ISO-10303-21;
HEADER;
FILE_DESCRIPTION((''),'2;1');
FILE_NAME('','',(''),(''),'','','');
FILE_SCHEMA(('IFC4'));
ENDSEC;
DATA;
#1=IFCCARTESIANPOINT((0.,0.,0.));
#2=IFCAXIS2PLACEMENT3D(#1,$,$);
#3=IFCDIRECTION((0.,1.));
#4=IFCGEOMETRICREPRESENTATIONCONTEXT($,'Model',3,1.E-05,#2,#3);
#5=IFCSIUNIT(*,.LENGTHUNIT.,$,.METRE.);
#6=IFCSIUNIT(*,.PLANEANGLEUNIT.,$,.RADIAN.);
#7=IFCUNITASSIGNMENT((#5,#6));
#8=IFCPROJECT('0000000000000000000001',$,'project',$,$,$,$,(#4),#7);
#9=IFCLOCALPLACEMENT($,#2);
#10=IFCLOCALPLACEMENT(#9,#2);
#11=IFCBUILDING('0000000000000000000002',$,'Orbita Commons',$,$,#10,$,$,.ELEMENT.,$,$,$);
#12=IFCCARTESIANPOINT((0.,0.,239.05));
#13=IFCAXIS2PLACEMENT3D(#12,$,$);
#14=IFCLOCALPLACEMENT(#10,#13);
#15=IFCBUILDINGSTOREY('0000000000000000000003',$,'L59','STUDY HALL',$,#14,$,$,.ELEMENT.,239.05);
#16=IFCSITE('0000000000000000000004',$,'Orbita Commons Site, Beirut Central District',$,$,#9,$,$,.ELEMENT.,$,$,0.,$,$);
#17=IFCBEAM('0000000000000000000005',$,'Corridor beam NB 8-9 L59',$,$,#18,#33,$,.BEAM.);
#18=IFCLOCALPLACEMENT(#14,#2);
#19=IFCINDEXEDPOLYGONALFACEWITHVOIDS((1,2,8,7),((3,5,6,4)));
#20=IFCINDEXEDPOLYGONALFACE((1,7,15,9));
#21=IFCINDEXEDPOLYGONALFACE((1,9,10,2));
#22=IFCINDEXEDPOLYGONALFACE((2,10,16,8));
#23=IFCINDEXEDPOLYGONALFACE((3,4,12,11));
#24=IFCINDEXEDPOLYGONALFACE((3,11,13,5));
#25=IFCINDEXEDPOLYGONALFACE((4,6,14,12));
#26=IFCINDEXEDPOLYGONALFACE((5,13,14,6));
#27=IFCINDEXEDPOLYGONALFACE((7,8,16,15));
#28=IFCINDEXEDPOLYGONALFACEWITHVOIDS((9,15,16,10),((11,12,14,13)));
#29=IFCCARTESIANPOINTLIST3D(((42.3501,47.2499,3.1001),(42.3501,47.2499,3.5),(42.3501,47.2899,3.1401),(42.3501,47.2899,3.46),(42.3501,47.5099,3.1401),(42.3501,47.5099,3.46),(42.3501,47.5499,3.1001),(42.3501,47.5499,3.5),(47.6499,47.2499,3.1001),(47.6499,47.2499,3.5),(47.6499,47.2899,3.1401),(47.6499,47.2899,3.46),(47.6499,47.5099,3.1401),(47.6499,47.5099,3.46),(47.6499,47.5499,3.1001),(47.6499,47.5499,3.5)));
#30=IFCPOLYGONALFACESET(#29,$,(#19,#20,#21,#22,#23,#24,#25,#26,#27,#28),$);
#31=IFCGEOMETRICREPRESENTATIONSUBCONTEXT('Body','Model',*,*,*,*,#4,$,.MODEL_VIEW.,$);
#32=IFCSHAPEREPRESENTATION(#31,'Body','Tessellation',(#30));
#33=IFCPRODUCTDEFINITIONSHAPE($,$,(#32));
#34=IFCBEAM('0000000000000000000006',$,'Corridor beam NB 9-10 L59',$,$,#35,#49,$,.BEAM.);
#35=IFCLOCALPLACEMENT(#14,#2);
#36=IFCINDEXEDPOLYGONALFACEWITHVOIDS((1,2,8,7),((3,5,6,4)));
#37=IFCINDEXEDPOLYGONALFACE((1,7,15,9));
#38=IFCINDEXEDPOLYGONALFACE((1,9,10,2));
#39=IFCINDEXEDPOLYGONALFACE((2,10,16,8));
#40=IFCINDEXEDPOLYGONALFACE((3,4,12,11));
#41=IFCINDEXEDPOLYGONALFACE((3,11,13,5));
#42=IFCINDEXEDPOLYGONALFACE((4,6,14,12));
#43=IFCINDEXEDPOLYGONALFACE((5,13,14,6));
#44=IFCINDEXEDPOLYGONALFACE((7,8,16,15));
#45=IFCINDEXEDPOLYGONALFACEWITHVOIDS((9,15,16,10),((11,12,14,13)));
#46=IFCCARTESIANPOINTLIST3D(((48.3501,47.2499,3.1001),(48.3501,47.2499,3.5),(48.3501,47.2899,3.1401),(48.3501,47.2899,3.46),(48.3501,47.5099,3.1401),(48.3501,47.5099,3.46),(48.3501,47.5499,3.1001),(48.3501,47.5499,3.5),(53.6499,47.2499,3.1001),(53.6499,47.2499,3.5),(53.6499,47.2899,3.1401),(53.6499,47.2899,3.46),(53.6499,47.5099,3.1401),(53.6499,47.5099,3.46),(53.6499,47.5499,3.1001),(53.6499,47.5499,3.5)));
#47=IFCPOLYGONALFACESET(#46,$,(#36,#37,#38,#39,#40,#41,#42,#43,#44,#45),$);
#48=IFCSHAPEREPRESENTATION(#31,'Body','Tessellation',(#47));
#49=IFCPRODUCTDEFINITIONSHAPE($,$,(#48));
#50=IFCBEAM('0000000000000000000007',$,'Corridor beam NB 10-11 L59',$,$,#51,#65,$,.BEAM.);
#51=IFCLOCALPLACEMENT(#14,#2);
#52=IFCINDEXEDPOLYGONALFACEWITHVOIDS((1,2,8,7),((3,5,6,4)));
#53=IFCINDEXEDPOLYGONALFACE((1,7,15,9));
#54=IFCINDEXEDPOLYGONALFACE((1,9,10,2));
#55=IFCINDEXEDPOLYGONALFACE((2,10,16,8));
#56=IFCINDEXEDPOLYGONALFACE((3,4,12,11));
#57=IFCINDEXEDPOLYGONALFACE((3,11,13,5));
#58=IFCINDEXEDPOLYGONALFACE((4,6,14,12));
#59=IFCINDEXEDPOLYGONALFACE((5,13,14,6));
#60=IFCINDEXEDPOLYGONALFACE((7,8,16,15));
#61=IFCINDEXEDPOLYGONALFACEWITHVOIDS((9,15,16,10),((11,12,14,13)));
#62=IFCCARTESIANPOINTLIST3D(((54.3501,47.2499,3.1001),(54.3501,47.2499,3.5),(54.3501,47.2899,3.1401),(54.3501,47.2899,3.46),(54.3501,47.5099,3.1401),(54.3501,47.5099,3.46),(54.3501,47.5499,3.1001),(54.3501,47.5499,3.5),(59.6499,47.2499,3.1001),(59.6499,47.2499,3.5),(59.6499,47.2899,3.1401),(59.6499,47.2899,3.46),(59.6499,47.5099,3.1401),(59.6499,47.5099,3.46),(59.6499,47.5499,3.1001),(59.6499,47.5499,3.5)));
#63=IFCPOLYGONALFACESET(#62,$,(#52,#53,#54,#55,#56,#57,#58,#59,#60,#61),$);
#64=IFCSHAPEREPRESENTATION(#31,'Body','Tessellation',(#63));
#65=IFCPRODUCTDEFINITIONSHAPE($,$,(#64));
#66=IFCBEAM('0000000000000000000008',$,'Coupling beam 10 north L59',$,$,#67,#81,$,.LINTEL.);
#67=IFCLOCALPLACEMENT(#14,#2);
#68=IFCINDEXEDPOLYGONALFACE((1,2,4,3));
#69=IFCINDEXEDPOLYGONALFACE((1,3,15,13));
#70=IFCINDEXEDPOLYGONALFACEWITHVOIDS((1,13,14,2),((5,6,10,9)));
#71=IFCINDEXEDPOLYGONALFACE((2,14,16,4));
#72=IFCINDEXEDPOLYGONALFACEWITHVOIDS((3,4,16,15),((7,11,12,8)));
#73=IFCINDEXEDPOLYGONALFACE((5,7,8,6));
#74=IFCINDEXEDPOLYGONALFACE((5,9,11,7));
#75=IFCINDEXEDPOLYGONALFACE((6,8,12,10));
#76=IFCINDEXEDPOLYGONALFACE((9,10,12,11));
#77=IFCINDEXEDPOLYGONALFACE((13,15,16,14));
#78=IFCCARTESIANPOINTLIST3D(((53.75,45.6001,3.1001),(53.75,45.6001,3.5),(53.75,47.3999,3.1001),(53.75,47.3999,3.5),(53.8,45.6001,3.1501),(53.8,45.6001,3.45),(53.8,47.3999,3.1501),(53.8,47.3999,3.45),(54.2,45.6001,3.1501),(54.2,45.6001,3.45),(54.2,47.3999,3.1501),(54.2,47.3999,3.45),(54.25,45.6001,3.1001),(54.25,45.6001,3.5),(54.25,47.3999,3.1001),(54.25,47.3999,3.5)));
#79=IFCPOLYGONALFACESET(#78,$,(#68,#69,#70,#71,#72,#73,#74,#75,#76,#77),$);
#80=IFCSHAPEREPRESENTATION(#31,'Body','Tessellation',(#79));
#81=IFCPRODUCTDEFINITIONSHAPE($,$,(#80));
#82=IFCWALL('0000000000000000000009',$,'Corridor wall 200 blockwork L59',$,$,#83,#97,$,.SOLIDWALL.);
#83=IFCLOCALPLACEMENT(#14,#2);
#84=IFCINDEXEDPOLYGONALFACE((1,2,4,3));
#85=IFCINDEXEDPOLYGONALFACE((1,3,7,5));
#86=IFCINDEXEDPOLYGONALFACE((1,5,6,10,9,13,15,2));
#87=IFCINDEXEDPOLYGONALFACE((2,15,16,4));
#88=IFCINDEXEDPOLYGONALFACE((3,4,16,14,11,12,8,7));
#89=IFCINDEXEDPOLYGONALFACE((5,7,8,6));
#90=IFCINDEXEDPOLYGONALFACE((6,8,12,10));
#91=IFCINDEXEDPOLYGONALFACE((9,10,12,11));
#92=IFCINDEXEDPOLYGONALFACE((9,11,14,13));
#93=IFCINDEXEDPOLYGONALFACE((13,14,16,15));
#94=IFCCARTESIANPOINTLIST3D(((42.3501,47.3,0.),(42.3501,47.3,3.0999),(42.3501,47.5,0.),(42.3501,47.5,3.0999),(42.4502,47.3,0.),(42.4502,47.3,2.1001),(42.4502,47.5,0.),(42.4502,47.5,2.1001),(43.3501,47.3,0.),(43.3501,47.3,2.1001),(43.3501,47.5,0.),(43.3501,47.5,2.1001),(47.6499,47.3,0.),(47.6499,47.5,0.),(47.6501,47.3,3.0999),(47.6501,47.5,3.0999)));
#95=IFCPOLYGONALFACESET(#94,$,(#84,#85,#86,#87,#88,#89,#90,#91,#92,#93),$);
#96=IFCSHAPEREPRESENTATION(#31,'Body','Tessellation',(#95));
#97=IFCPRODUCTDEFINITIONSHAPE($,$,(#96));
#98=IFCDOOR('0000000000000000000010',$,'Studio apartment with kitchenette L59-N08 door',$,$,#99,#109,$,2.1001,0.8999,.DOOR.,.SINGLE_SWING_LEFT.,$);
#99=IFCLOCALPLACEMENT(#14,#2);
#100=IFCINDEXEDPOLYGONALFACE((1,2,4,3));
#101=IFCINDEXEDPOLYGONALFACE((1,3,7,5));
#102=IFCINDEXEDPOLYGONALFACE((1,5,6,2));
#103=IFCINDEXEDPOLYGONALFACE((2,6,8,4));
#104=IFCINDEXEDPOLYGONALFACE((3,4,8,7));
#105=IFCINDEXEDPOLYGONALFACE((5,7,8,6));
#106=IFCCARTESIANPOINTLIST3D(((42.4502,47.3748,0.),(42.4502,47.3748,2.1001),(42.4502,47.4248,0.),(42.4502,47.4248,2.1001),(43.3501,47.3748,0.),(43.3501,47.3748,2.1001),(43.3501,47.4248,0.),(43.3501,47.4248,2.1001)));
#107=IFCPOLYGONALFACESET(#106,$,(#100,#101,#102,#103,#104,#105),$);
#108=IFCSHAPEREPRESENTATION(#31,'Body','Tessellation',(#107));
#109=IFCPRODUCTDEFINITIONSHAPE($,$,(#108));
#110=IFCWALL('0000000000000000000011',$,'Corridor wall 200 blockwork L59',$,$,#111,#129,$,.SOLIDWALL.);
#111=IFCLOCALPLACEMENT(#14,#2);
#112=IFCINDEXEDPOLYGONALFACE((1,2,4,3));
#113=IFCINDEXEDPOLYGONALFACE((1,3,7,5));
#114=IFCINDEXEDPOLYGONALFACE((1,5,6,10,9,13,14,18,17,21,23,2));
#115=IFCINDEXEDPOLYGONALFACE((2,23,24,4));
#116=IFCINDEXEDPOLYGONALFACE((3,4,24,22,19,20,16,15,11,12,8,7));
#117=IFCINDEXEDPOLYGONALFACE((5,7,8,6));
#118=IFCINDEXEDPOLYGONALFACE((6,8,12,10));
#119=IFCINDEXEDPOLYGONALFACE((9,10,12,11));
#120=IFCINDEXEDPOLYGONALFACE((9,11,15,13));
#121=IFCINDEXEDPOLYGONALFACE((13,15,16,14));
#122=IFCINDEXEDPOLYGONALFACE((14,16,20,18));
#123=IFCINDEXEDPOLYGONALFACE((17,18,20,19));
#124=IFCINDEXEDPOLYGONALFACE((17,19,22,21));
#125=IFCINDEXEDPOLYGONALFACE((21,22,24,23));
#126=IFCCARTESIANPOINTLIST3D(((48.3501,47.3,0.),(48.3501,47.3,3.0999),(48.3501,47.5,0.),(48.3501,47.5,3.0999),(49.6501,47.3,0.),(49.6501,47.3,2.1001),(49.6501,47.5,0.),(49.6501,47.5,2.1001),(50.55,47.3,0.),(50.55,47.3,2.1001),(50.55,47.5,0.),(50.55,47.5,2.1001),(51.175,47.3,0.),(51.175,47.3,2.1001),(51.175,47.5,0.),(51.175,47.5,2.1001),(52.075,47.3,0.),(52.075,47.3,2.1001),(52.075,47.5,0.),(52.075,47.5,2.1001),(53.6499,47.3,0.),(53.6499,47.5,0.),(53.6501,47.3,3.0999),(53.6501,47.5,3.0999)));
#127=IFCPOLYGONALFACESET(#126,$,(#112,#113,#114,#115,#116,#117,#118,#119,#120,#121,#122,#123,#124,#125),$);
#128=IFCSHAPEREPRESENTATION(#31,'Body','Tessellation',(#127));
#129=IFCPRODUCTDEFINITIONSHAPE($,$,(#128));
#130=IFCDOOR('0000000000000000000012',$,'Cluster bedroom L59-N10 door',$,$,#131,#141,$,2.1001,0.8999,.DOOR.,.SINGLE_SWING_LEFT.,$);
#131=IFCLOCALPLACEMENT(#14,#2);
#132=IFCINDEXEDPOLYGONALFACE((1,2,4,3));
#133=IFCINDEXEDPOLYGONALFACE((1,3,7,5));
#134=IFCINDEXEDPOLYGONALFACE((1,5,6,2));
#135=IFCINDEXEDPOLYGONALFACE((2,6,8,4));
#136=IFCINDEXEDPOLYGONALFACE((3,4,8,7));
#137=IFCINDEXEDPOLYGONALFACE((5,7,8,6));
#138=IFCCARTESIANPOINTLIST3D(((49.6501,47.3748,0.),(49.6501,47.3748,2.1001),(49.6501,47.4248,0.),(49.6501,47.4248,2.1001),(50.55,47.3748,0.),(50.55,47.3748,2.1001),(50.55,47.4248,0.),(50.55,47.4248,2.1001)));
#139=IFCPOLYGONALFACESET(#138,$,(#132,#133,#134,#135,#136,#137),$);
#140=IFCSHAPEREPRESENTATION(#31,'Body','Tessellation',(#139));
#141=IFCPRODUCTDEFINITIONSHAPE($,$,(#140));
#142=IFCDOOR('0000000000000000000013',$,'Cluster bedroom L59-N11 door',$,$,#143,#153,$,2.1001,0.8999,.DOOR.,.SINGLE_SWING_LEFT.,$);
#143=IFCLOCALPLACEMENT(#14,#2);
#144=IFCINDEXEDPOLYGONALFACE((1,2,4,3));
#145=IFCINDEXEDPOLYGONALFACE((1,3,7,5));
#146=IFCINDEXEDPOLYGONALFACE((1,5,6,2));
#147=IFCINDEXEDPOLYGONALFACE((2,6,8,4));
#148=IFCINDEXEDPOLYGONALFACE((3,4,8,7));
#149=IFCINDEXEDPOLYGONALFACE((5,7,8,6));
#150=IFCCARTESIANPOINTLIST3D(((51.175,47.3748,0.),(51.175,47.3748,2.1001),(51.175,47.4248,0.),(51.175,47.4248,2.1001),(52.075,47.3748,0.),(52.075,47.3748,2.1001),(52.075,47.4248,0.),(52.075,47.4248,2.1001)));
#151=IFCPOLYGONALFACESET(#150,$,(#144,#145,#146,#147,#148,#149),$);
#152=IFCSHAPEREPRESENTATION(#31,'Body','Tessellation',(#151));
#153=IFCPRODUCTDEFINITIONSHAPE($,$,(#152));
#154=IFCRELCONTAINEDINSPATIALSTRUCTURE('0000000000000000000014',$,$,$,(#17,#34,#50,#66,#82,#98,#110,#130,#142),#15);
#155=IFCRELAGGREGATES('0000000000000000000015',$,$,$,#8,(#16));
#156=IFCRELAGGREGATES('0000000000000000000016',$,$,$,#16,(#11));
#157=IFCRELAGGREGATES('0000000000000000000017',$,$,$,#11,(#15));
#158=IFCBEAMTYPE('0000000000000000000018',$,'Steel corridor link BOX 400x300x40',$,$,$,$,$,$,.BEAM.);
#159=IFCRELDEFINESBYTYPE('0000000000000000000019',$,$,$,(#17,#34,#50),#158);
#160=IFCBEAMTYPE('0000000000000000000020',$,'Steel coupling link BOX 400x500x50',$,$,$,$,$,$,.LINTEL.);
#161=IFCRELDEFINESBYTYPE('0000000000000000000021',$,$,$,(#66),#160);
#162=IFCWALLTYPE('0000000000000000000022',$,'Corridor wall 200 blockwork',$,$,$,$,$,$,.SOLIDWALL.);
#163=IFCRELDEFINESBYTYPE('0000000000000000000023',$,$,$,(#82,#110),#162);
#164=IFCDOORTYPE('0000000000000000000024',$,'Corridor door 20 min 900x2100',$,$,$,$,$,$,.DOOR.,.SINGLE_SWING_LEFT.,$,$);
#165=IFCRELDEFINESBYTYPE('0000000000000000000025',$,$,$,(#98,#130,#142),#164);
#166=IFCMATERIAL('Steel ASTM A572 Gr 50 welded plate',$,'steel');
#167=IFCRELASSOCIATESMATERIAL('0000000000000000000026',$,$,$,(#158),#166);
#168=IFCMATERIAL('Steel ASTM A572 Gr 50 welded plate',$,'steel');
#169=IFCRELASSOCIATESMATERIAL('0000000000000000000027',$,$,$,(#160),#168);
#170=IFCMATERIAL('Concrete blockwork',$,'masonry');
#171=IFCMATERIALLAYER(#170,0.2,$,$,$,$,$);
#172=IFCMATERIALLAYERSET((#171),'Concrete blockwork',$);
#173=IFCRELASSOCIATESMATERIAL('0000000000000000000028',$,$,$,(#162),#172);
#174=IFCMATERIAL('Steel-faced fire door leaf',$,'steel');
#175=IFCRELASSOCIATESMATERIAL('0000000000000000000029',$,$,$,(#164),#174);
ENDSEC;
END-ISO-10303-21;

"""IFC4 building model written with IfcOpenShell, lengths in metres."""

from ifc_helpers import new_model, si_unit, direction, frame, frame_2d, origin, origin_2d, place, context, subcontext, project, spatial, polyline, rectangle, hollow_rectangle, outline, extrude, material, layer, layer_set, material_profile, profile_set, type_object, element, fill, save


model = new_model("IFC4")

# Units and contexts
model_context = context("Model", 3, precision=1e-05, world=origin(), true_north=direction((0.0, 1.0)))
body_context = subcontext(model_context, "Body", "Model", "MODEL_VIEW")
ifc_project = project(units=[si_unit("LENGTHUNIT", "METRE"), si_unit("PLANEANGLEUNIT", "RADIAN")], contexts=[model_context])

# Site, building, storey
site_placement = place(None, origin())
site = spatial("IfcSite", under=ifc_project, at=site_placement, Name="Orbita Commons Site, Beirut Central District", CompositionType="ELEMENT", RefElevation=0.0)
building_placement = place(site_placement, origin())
building = spatial("IfcBuilding", under=site, at=building_placement, Name="Orbita Commons", CompositionType="ELEMENT")
storey_placement = place(building_placement, frame((0.0, 0.0, 239.05)))
storey = spatial("IfcBuildingStorey", under=building, at=storey_placement, Name="L59", Description="STUDY HALL", CompositionType="ELEMENT", Elevation=239.05)

# Beams
ifc_material_1 = material(Name="Steel ASTM A572 Gr 50 welded plate", Category="steel")
ifc_material_profile_1 = material_profile(ifc_material_1, hollow_rectangle(XDim=0.3, YDim=0.3999, WallThickness=0.04, at=origin_2d()), Name="BOX 400x300x40")
ifc_profile_set_1 = profile_set([ifc_material_profile_1], Name="Steel ASTM A572 Gr 50 welded plate")
beam_type_1 = type_object("IfcBeamType", Name="Steel corridor link BOX 400x300x40", PredefinedType="BEAM", material=ifc_profile_set_1)
for number, where, z_axis, x_axis, name in (
    (1, (42.3501, 47.3999, 3.3), (1.0, 0.0, 0.0), (0.0, 1.0, 0.0), "Corridor beam NB 8-9 L59"),
    (2, (48.3501, 47.3999, 3.3), (1.0, 0.0, 0.0), (0.0, 1.0, 0.0), "Corridor beam NB 9-10 L59"),
    (3, (54.3501, 47.3999, 3.3), (1.0, 0.0, 0.0), (0.0, 1.0, 0.0), "Corridor beam NB 10-11 L59"),
):
    element("IfcBeam", number, at=place(storey_placement, frame(where, z_axis=z_axis, x_axis=x_axis)), inside=storey, type_object=beam_type_1, Name=name, PredefinedType="BEAM", context=body_context, shape_type="SweptSolid", body=[
        extrude(hollow_rectangle(XDim=0.3, YDim=0.3999, WallThickness=0.04, at=origin_2d()), origin(), (0.0, 0.0, 1.0), 5.2998),
    ])
ifc_material_2 = material(Name="Steel ASTM A572 Gr 50 welded plate", Category="steel")
ifc_material_profile_2 = material_profile(ifc_material_2, hollow_rectangle(XDim=0.5, YDim=0.3999, WallThickness=0.05, at=origin_2d()), Name="BOX 400x500x50")
ifc_profile_set_2 = profile_set([ifc_material_profile_2], Name="Steel ASTM A572 Gr 50 welded plate")
beam_type_2 = type_object("IfcBeamType", Name="Steel coupling link BOX 400x500x50", PredefinedType="LINTEL", material=ifc_profile_set_2)
beam_placement = place(storey_placement, frame((54.0, 45.6001, 3.3), z_axis=(0.0, 1.0, 0.0), x_axis=(-1.0, 0.0, 0.0)))
element("IfcBeam", 4, at=beam_placement, inside=storey, type_object=beam_type_2, Name="Coupling beam 10 north L59", PredefinedType="LINTEL", context=body_context, shape_type="SweptSolid", body=[
    extrude(hollow_rectangle(XDim=0.5, YDim=0.3999, WallThickness=0.05, at=origin_2d()), origin(), (0.0, 0.0, 1.0), 1.7998),
])

# Wall, opening, door
ifc_material_3 = material(Name="Concrete blockwork", Category="masonry")
ifc_layer_1 = layer(ifc_material_3, 0.2)
ifc_layer_set_1 = layer_set([ifc_layer_1], Name="Concrete blockwork")
wall_type_1 = type_object("IfcWallType", Name="Corridor wall 200 blockwork", PredefinedType="SOLIDWALL", material=ifc_layer_set_1)
wall_1_placement = place(storey_placement, frame((42.3501, 47.3999, 0.0), z_axis=(0.0, 0.0, 1.0), x_axis=(1.0, 0.0, 0.0)))
wall_1 = element("IfcWall", 5, at=wall_1_placement, inside=storey, type_object=wall_type_1, Name="Corridor wall 200 blockwork L59", PredefinedType="SOLIDWALL", context=body_context, shape_type="SweptSolid", body=[
    extrude(outline(polyline([(0.0, 0.0), (5.2998, 0.0), (5.3, 3.0999), (0.0, 3.0999), (0.0, 0.0)])), frame((0.0, 0.1001, 0.0), z_axis=(0.0, -1.0, 0.0), x_axis=(1.0, 0.0, 0.0)), (0.0, 0.0, 1.0), 0.2),
])
opening_1_placement = place(wall_1_placement, frame((0.1001, 0.0, 0.0)))
opening_1 = element("IfcOpeningElement", 6, at=opening_1_placement, cuts=wall_1, PredefinedType="OPENING", context=body_context, shape_type="SweptSolid", body=[
    extrude(rectangle(XDim=0.8999, YDim=2.1001, at=frame_2d((0.45, 1.05))), frame((0.0, 0.1099, 0.0), z_axis=(0.0, -1.0, 0.0), x_axis=(1.0, 0.0, 0.0)), (0.0, 0.0, 1.0), 0.22),
])
ifc_material_4 = material(Name="Steel-faced fire door leaf", Category="steel")
door_type = type_object("IfcDoorType", Name="Corridor door 20 min 900x2100", OperationType="SINGLE_SWING_LEFT", PredefinedType="DOOR", material=ifc_material_4)
door_1_placement = place(opening_1_placement, origin())
door_1 = element("IfcDoor", 7, at=door_1_placement, inside=storey, type_object=door_type, Name="Studio apartment with kitchenette L59-N08 door", OperationType="SINGLE_SWING_LEFT", OverallHeight=2.1001, OverallWidth=0.8999, PredefinedType="DOOR", context=body_context, shape_type="SweptSolid", body=[
    extrude(rectangle(XDim=0.8999, YDim=2.1001, at=frame_2d((0.45, 1.05))), frame((0.0, 0.0249, 0.0), z_axis=(0.0, -1.0, 0.0), x_axis=(1.0, 0.0, 0.0)), (0.0, 0.0, 1.0), 0.05),
])
fill(opening_1, door_1)

# Wall, openings, doors
wall_2_placement = place(storey_placement, frame((48.3501, 47.3999, 0.0), z_axis=(0.0, 0.0, 1.0), x_axis=(1.0, 0.0, 0.0)))
wall_2 = element("IfcWall", 8, at=wall_2_placement, inside=storey, type_object=wall_type_1, Name="Corridor wall 200 blockwork L59", PredefinedType="SOLIDWALL", context=body_context, shape_type="SweptSolid", body=[
    extrude(outline(polyline([(0.0, 0.0), (5.2998, 0.0), (5.3, 3.0999), (0.0, 3.0999), (0.0, 0.0)])), frame((0.0, 0.1001, 0.0), z_axis=(0.0, -1.0, 0.0), x_axis=(1.0, 0.0, 0.0)), (0.0, 0.0, 1.0), 0.2),
])
opening_2_placement = place(wall_2_placement, frame((1.3, 0.0, 0.0)))
opening_2 = element("IfcOpeningElement", 9, at=opening_2_placement, cuts=wall_2, PredefinedType="OPENING", context=body_context, shape_type="SweptSolid", body=[
    extrude(rectangle(XDim=0.8999, YDim=2.1001, at=frame_2d((0.45, 1.05))), frame((0.0, 0.1099, 0.0), z_axis=(0.0, -1.0, 0.0), x_axis=(1.0, 0.0, 0.0)), (0.0, 0.0, 1.0), 0.22),
])
opening_3_placement = place(wall_2_placement, frame((2.825, 0.0, 0.0)))
opening_3 = element("IfcOpeningElement", 10, at=opening_3_placement, cuts=wall_2, PredefinedType="OPENING", context=body_context, shape_type="SweptSolid", body=[
    extrude(rectangle(XDim=0.8999, YDim=2.1001, at=frame_2d((0.45, 1.05))), frame((0.0, 0.1099, 0.0), z_axis=(0.0, -1.0, 0.0), x_axis=(1.0, 0.0, 0.0)), (0.0, 0.0, 1.0), 0.22),
])
door_2_placement = place(opening_2_placement, origin())
door_2 = element("IfcDoor", 11, at=door_2_placement, inside=storey, type_object=door_type, Name="Cluster bedroom L59-N10 door", OperationType="SINGLE_SWING_LEFT", OverallHeight=2.1001, OverallWidth=0.8999, PredefinedType="DOOR", context=body_context, shape_type="SweptSolid", body=[
    extrude(rectangle(XDim=0.8999, YDim=2.1001, at=frame_2d((0.45, 1.05))), frame((0.0, 0.0249, 0.0), z_axis=(0.0, -1.0, 0.0), x_axis=(1.0, 0.0, 0.0)), (0.0, 0.0, 1.0), 0.05),
])
fill(opening_2, door_2)
door_3_placement = place(opening_3_placement, origin())
door_3 = element("IfcDoor", 12, at=door_3_placement, inside=storey, type_object=door_type, Name="Cluster bedroom L59-N11 door", OperationType="SINGLE_SWING_LEFT", OverallHeight=2.1001, OverallWidth=0.8999, PredefinedType="DOOR", context=body_context, shape_type="SweptSolid", body=[
    extrude(rectangle(XDim=0.8999, YDim=2.1001, at=frame_2d((0.45, 1.05))), frame((0.0, 0.0249, 0.0), z_axis=(0.0, -1.0, 0.0), x_axis=(1.0, 0.0, 0.0)), (0.0, 0.0, 1.0), 0.05),
])
fill(opening_3, door_3)

save(model, "model.ifc")
